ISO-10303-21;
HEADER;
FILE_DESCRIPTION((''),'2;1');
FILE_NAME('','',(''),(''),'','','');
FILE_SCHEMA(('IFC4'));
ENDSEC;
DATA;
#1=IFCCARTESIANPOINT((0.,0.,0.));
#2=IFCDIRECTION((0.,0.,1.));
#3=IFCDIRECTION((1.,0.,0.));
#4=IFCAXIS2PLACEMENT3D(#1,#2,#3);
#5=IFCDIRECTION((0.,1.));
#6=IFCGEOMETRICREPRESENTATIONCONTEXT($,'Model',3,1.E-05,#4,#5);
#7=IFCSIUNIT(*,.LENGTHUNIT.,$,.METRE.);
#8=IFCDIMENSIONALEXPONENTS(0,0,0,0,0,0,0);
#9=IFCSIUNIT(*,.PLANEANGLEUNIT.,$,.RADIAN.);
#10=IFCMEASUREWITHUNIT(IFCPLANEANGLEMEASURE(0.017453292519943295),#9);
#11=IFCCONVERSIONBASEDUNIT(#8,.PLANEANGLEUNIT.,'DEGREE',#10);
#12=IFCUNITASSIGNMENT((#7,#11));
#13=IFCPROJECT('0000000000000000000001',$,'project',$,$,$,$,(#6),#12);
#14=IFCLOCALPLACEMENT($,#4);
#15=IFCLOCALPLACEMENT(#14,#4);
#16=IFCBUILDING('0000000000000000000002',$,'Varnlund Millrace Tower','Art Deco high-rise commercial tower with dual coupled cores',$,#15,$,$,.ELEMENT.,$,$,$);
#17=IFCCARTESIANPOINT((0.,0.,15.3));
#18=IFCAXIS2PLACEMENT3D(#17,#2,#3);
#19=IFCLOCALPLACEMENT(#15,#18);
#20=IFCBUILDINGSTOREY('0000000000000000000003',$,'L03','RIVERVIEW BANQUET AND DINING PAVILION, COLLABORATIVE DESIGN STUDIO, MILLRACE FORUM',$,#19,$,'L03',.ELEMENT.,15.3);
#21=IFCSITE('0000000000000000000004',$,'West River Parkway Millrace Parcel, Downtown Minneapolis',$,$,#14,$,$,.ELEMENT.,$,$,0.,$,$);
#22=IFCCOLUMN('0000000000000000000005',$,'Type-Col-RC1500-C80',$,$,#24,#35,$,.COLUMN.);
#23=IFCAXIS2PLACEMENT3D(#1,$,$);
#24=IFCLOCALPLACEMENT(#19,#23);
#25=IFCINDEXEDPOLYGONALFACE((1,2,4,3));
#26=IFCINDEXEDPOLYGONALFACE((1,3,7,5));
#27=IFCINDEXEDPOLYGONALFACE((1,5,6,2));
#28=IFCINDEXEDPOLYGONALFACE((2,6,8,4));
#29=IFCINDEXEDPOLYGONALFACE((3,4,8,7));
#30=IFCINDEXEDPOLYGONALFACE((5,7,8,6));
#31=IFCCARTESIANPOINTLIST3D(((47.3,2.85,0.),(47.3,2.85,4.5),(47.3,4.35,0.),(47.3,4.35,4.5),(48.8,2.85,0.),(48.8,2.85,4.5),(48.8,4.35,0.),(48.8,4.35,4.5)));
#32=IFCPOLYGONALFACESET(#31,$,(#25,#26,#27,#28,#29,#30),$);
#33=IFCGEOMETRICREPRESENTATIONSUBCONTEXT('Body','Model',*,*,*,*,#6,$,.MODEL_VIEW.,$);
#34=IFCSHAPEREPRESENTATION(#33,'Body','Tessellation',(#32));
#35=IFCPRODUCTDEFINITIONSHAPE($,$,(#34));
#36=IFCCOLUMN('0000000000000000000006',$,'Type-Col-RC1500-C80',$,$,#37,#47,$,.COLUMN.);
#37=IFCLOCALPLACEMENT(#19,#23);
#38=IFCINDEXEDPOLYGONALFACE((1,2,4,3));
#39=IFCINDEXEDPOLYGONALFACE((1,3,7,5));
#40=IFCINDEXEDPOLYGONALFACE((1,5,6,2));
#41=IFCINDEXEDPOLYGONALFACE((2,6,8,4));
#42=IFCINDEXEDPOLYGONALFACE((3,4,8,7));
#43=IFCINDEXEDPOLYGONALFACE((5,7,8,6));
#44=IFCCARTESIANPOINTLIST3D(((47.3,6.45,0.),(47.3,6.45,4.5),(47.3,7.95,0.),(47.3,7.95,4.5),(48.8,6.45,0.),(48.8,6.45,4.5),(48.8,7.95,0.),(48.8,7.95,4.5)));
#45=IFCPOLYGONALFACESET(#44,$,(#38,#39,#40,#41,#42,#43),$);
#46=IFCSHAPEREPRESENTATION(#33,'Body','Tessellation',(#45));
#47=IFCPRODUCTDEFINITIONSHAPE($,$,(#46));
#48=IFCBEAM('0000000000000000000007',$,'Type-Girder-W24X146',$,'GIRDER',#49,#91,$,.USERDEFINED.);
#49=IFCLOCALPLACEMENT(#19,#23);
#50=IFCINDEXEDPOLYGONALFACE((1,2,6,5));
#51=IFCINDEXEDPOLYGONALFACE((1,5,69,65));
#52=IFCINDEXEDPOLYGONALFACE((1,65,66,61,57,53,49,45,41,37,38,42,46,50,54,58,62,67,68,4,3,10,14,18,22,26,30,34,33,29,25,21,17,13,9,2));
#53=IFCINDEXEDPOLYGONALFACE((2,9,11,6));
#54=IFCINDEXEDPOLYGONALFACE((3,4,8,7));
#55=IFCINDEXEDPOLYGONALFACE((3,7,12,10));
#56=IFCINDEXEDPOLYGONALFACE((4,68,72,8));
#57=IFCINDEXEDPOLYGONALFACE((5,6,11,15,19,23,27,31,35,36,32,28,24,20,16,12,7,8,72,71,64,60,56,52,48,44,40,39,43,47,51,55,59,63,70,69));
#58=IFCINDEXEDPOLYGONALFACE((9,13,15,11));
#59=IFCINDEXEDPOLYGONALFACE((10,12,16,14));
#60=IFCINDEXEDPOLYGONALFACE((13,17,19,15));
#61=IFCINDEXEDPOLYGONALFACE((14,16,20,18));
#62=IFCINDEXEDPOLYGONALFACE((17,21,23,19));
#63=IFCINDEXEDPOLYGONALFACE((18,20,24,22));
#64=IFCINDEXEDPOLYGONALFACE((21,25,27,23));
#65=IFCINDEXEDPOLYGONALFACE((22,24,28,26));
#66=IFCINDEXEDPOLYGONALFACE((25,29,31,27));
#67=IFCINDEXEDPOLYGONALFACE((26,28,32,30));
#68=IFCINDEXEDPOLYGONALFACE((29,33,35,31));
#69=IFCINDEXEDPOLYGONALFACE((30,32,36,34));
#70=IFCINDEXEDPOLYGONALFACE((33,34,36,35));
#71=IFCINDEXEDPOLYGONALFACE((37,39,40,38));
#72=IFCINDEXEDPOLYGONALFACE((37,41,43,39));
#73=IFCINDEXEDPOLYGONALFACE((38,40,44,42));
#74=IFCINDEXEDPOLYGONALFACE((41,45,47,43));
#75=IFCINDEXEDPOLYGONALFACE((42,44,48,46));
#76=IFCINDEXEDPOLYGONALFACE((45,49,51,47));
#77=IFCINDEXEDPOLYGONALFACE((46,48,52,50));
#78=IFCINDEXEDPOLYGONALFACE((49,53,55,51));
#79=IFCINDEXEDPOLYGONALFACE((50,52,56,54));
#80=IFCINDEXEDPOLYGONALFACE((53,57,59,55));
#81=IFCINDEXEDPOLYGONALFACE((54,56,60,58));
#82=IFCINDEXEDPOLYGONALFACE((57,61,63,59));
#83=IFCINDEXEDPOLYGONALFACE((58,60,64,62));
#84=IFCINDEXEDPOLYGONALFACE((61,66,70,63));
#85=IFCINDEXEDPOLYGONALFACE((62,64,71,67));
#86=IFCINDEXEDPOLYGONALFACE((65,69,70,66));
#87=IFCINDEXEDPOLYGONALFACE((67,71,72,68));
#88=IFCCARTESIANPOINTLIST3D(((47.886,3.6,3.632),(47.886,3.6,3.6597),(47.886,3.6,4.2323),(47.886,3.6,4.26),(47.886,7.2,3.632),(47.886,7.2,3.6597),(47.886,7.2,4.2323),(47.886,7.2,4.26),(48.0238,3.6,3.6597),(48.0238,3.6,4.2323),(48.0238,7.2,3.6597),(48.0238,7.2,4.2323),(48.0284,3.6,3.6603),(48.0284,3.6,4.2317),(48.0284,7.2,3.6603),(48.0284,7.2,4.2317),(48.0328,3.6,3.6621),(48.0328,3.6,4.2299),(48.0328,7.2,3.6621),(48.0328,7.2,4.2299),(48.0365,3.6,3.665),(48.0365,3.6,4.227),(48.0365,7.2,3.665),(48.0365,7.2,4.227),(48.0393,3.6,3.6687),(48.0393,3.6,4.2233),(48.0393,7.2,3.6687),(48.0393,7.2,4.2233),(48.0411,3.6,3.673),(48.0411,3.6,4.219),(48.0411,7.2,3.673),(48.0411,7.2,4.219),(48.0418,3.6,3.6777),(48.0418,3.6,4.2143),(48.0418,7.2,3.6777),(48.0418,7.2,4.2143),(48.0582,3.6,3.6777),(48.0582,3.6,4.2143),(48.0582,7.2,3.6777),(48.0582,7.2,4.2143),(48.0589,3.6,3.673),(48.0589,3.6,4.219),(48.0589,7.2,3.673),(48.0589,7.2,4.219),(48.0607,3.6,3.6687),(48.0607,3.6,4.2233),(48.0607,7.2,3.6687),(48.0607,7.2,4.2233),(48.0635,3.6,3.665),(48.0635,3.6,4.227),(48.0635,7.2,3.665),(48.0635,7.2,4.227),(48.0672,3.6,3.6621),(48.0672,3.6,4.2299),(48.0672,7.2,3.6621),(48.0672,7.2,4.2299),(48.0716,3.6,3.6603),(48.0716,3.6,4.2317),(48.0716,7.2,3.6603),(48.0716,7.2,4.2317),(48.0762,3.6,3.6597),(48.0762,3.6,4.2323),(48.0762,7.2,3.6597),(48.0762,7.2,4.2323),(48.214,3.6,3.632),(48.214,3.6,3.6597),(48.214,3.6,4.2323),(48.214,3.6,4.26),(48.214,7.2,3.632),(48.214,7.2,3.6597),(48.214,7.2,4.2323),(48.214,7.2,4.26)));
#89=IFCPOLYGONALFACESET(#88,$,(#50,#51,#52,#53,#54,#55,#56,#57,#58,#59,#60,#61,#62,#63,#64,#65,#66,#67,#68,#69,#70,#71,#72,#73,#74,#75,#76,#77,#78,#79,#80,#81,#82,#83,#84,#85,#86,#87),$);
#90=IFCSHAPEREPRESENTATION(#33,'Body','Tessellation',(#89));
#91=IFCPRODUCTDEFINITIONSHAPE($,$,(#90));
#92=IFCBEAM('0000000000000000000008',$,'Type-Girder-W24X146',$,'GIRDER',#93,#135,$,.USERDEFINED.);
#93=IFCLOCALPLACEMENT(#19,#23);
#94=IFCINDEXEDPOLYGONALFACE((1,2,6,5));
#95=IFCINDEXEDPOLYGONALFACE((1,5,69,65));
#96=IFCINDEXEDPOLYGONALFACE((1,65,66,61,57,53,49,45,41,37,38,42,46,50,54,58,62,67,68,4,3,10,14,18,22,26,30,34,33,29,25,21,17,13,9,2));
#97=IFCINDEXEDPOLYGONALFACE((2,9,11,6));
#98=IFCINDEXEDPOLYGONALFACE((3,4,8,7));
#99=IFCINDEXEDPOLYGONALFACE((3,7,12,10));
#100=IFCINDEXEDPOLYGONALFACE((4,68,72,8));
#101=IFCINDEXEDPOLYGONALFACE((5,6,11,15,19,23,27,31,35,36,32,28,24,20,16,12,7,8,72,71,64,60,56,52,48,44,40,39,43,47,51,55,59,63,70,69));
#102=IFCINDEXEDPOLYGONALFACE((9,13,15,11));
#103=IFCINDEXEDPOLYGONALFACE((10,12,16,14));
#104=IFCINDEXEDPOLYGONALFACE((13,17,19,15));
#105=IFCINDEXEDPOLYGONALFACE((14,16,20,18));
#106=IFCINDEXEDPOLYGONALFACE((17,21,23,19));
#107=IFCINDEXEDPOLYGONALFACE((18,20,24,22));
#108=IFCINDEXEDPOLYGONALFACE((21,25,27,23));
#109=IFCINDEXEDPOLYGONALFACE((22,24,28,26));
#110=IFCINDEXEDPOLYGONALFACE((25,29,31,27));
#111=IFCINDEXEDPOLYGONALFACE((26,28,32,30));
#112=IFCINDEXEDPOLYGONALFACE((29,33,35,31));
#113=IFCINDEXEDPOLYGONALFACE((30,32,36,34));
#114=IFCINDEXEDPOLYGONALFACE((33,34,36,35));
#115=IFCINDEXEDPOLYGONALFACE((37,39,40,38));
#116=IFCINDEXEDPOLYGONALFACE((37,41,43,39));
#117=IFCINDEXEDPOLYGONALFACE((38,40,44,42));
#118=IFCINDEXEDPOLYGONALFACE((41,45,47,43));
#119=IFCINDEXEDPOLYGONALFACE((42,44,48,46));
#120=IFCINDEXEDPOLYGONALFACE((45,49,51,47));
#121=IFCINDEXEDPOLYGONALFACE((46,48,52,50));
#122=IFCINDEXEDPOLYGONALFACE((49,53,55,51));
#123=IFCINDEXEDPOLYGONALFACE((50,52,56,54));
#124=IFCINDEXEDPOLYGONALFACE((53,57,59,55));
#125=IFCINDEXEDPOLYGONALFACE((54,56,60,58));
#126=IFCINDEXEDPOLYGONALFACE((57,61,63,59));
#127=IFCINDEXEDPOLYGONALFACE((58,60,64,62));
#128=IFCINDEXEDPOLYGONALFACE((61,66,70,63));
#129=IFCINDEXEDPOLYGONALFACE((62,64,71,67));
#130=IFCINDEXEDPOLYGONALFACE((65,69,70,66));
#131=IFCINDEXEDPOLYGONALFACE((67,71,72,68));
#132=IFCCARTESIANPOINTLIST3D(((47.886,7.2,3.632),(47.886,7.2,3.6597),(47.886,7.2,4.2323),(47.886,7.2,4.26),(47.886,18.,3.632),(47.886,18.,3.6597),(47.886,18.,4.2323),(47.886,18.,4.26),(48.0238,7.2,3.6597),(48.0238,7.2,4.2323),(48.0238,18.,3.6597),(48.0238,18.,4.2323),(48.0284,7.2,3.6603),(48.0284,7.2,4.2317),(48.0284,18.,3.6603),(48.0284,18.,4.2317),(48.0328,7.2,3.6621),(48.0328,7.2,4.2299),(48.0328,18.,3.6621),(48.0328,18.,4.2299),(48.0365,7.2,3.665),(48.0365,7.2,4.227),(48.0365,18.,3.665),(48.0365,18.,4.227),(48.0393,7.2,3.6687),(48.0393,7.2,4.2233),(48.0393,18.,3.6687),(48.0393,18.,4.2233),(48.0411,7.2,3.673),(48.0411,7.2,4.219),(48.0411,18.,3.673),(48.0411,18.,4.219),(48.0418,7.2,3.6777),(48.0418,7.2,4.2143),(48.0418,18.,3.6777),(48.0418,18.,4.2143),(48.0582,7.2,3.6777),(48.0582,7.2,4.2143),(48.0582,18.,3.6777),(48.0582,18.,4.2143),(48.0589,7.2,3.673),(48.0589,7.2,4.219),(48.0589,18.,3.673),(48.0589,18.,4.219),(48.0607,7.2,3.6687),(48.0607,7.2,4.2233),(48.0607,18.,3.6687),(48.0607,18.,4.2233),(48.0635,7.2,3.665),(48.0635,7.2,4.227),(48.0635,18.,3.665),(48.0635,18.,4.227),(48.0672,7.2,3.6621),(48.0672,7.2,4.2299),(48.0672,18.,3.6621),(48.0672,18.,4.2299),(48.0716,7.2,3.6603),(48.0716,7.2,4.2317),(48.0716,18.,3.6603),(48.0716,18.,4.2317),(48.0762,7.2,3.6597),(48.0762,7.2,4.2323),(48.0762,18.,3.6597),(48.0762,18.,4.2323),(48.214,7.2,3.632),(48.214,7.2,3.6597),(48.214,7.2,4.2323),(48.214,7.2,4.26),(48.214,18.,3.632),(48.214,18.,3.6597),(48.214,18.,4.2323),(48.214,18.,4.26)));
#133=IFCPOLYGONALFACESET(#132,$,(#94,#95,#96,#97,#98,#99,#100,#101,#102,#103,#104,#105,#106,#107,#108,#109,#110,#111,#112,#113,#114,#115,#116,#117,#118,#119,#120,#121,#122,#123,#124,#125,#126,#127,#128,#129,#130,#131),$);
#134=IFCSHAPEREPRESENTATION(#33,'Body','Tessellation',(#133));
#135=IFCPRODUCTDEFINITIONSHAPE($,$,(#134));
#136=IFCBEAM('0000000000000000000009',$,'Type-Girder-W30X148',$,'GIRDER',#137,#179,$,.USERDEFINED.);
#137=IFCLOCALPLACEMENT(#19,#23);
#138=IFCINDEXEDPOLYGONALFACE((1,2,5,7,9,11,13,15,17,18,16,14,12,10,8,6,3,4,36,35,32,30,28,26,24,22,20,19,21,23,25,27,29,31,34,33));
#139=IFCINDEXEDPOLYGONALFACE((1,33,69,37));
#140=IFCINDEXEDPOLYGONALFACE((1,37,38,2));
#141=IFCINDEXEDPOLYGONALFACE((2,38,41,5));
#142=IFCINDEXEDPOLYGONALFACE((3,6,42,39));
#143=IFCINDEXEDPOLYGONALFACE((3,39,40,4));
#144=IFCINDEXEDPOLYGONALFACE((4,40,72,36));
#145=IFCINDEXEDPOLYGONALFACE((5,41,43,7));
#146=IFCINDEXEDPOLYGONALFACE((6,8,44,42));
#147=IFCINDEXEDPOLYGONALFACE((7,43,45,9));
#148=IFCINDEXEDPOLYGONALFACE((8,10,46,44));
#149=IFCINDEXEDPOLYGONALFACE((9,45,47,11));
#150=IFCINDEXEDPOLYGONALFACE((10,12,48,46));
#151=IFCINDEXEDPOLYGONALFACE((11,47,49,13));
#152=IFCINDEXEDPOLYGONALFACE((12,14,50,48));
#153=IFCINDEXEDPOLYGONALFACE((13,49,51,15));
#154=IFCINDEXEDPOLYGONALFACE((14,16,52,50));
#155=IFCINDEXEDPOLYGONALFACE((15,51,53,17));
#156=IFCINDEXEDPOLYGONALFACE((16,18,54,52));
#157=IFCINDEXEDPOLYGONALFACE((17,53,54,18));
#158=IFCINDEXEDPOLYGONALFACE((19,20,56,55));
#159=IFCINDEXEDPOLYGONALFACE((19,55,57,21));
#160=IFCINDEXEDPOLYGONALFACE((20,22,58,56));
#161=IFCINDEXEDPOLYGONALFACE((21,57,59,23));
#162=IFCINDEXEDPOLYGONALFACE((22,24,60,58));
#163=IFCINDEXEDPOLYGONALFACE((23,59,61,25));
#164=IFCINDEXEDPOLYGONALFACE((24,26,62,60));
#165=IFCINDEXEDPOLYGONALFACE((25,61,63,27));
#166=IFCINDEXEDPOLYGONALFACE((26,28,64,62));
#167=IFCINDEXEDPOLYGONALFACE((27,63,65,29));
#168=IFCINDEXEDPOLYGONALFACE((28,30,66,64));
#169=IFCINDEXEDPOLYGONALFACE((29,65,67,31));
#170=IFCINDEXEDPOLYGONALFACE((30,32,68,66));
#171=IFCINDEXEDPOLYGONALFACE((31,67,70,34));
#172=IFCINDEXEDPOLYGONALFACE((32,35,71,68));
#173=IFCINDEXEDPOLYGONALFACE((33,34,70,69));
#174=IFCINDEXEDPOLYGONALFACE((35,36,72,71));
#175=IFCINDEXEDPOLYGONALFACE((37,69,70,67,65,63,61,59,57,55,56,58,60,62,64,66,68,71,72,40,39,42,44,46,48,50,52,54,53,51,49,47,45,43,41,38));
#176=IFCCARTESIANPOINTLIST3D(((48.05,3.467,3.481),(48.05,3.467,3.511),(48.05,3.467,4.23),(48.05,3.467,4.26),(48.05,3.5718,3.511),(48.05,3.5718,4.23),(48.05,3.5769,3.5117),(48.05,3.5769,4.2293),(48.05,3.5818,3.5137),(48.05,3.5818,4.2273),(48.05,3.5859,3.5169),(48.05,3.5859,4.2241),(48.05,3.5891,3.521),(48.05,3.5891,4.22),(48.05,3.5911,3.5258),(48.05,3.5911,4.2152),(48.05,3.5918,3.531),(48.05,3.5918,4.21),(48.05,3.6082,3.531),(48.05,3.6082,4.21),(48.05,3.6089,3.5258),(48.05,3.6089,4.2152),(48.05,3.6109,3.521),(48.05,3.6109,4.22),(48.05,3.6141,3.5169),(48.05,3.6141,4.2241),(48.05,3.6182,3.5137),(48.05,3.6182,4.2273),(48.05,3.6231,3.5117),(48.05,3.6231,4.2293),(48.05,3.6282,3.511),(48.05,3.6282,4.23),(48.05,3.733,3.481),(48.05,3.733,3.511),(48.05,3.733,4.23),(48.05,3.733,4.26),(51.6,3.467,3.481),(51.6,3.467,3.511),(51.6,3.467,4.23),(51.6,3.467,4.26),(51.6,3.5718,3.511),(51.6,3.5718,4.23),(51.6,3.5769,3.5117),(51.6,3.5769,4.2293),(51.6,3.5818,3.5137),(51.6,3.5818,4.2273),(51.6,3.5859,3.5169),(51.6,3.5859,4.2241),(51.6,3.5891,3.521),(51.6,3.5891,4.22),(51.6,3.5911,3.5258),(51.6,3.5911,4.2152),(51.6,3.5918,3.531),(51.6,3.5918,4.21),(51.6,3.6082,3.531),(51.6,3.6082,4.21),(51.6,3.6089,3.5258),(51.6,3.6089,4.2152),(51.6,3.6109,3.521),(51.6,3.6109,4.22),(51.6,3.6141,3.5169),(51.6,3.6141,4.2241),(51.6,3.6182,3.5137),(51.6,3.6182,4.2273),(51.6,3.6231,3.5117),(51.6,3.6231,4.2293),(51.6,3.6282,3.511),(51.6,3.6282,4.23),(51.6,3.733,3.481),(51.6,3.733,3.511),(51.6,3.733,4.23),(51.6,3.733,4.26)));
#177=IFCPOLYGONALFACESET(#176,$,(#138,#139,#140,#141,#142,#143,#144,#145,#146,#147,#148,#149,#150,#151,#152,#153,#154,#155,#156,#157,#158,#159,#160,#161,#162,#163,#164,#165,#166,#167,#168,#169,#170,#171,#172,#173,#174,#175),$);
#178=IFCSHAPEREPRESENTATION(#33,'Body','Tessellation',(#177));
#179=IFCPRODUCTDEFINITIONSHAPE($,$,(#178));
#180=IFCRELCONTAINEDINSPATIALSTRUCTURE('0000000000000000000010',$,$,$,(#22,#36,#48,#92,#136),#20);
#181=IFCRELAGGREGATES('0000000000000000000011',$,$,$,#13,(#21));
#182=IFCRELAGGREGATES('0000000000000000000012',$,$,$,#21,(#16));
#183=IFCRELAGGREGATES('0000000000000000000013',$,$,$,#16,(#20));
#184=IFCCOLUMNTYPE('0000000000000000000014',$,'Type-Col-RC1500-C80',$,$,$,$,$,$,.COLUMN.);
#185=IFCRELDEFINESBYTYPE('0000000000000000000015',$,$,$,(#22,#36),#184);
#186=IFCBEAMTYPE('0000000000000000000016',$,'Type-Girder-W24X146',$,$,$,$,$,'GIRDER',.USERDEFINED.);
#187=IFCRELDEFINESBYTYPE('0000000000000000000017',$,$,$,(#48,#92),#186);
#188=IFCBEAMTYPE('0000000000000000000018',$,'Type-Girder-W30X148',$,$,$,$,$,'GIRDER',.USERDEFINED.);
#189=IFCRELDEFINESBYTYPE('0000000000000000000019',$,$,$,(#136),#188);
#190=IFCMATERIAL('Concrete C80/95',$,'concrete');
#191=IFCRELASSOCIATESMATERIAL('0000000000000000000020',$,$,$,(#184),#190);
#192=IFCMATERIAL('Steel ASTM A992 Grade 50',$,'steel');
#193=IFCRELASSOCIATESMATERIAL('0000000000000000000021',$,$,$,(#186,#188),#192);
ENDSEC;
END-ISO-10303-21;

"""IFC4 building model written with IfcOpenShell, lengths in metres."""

from ifc_helpers import new_model, entity, si_unit, converted_unit, direction, frame, origin_with_axes, origin_2d_with_axis, place, context, subcontext, project, spatial, rectangle, i_section, extrude, material, material_profile, profile_set, type_object, element, save


model = new_model("IFC4")

# Units and contexts
model_context = context("Model", 3, precision=1e-05, world=origin_with_axes(), true_north=direction((0.0, 1.0)))
body_context = subcontext(model_context, "Body", "Model", "MODEL_VIEW")
ifc_project = project(units=[si_unit("LENGTHUNIT", "METRE"), converted_unit("PLANEANGLEUNIT", "DEGREE", entity("IfcPlaneAngleMeasure", 0.017453292519943295), si_unit("PLANEANGLEUNIT", "RADIAN"), dimensions=[0, 0, 0, 0, 0, 0, 0])], contexts=[model_context])

# Site, building, storey
site_placement = place(None, origin_with_axes())
site = spatial("IfcSite", under=ifc_project, at=site_placement, Name="West River Parkway Millrace Parcel, Downtown Minneapolis", CompositionType="ELEMENT", RefElevation=0.0)
building_placement = place(site_placement, origin_with_axes())
building = spatial("IfcBuilding", under=site, at=building_placement, Name="Varnlund Millrace Tower", Description="Art Deco high-rise commercial tower with dual coupled cores", CompositionType="ELEMENT")
storey_placement = place(building_placement, frame((0.0, 0.0, 15.3), z_axis=(0.0, 0.0, 1.0), x_axis=(1.0, 0.0, 0.0)))
storey = spatial("IfcBuildingStorey", under=building, at=storey_placement, Name="L03", Description="RIVERVIEW BANQUET AND DINING PAVILION, COLLABORATIVE DESIGN STUDIO, MILLRACE FORUM", LongName="L03", CompositionType="ELEMENT", Elevation=15.3)

# Columns
ifc_material_1 = material(Name="Concrete C80/95", Category="concrete")
ifc_material_profile_1 = material_profile(ifc_material_1, rectangle(XDim=1.5, YDim=1.5, at=origin_2d_with_axis()), Name="Concrete C80/95")
ifc_profile_set_1 = profile_set([ifc_material_profile_1], Name="Concrete C80/95")
column_type = type_object("IfcColumnType", Name="Type-Col-RC1500-C80", PredefinedType="COLUMN", material=ifc_profile_set_1)
for number, where, z_axis, x_axis, name in (
    (1, (48.05, 3.6, 0.0), (0.0, 0.0, 1.0), (1.0, 0.0, 0.0), "Type-Col-RC1500-C80"),
    (2, (48.05, 7.2, 0.0), (0.0, 0.0, 1.0), (1.0, 0.0, 0.0), "Type-Col-RC1500-C80"),
):
    element("IfcColumn", number, at=place(storey_placement, frame(where, z_axis=z_axis, x_axis=x_axis)), inside=storey, type_object=column_type, Name=name, PredefinedType="COLUMN", context=body_context, shape_type="SweptSolid", body=[
        extrude(rectangle(XDim=1.5, YDim=1.5, at=origin_2d_with_axis()), origin_with_axes(), (0.0, 0.0, 1.0), 4.5),
    ])

# Beams
ifc_material_2 = material(Name="Steel ASTM A992 Grade 50", Category="steel")
ifc_material_profile_2 = material_profile(ifc_material_2, i_section(OverallWidth=0.328, OverallDepth=0.628, WebThickness=0.0165, FlangeThickness=0.0277, FilletRadius=0.018, at=origin_2d_with_axis()), Name="Steel ASTM A992 Grade 50")
ifc_profile_set_2 = profile_set([ifc_material_profile_2], Name="Steel ASTM A992 Grade 50")
beam_type_1 = type_object("IfcBeamType", Name="Type-Girder-W24X146", ElementType="GIRDER", PredefinedType="USERDEFINED", material=ifc_profile_set_2)
beam_1_placement = place(storey_placement, frame((48.05, 3.6, 3.946), z_axis=(0.0, 1.0, 0.0), x_axis=(-1.0, 0.0, 0.0)))
element("IfcBeam", 3, at=beam_1_placement, inside=storey, type_object=beam_type_1, Name="Type-Girder-W24X146", ObjectType="GIRDER", PredefinedType="USERDEFINED", context=body_context, shape_type="SweptSolid", body=[
    extrude(i_section(OverallWidth=0.328, OverallDepth=0.628, WebThickness=0.0165, FlangeThickness=0.0277, FilletRadius=0.018, at=origin_2d_with_axis()), origin_with_axes(), (0.0, 0.0, 1.0), 3.6),
])
beam_2_placement = place(storey_placement, frame((48.05, 7.2, 3.946), z_axis=(0.0, 1.0, 0.0), x_axis=(-1.0, 0.0, 0.0)))
element("IfcBeam", 4, at=beam_2_placement, inside=storey, type_object=beam_type_1, Name="Type-Girder-W24X146", ObjectType="GIRDER", PredefinedType="USERDEFINED", context=body_context, shape_type="SweptSolid", body=[
    extrude(i_section(OverallWidth=0.328, OverallDepth=0.628, WebThickness=0.0165, FlangeThickness=0.0277, FilletRadius=0.018, at=origin_2d_with_axis()), origin_with_axes(), (0.0, 0.0, 1.0), 10.8),
])
ifc_material_profile_3 = material_profile(ifc_material_2, i_section(OverallWidth=0.266, OverallDepth=0.779, WebThickness=0.0165, FlangeThickness=0.03, FilletRadius=0.02, at=origin_2d_with_axis()), Name="Steel ASTM A992 Grade 50")
ifc_profile_set_3 = profile_set([ifc_material_profile_3], Name="Steel ASTM A992 Grade 50")
beam_type_2 = type_object("IfcBeamType", Name="Type-Girder-W30X148", ElementType="GIRDER", PredefinedType="USERDEFINED", material=ifc_profile_set_3)
for number, where, z_axis, x_axis, name in (
    (5, (48.05, 3.6, 3.8705), (1.0, 0.0, 0.0), (0.0, 1.0, 0.0), "Type-Girder-W30X148"),
):
    element("IfcBeam", number, at=place(storey_placement, frame(where, z_axis=z_axis, x_axis=x_axis)), inside=storey, type_object=beam_type_2, Name=name, ObjectType="GIRDER", PredefinedType="USERDEFINED", context=body_context, shape_type="SweptSolid", body=[
        extrude(i_section(OverallWidth=0.266, OverallDepth=0.779, WebThickness=0.0165, FlangeThickness=0.03, FilletRadius=0.02, at=origin_2d_with_axis()), origin_with_axes(), (0.0, 0.0, 1.0), 3.55),
    ])

save(model, "model.ifc")
